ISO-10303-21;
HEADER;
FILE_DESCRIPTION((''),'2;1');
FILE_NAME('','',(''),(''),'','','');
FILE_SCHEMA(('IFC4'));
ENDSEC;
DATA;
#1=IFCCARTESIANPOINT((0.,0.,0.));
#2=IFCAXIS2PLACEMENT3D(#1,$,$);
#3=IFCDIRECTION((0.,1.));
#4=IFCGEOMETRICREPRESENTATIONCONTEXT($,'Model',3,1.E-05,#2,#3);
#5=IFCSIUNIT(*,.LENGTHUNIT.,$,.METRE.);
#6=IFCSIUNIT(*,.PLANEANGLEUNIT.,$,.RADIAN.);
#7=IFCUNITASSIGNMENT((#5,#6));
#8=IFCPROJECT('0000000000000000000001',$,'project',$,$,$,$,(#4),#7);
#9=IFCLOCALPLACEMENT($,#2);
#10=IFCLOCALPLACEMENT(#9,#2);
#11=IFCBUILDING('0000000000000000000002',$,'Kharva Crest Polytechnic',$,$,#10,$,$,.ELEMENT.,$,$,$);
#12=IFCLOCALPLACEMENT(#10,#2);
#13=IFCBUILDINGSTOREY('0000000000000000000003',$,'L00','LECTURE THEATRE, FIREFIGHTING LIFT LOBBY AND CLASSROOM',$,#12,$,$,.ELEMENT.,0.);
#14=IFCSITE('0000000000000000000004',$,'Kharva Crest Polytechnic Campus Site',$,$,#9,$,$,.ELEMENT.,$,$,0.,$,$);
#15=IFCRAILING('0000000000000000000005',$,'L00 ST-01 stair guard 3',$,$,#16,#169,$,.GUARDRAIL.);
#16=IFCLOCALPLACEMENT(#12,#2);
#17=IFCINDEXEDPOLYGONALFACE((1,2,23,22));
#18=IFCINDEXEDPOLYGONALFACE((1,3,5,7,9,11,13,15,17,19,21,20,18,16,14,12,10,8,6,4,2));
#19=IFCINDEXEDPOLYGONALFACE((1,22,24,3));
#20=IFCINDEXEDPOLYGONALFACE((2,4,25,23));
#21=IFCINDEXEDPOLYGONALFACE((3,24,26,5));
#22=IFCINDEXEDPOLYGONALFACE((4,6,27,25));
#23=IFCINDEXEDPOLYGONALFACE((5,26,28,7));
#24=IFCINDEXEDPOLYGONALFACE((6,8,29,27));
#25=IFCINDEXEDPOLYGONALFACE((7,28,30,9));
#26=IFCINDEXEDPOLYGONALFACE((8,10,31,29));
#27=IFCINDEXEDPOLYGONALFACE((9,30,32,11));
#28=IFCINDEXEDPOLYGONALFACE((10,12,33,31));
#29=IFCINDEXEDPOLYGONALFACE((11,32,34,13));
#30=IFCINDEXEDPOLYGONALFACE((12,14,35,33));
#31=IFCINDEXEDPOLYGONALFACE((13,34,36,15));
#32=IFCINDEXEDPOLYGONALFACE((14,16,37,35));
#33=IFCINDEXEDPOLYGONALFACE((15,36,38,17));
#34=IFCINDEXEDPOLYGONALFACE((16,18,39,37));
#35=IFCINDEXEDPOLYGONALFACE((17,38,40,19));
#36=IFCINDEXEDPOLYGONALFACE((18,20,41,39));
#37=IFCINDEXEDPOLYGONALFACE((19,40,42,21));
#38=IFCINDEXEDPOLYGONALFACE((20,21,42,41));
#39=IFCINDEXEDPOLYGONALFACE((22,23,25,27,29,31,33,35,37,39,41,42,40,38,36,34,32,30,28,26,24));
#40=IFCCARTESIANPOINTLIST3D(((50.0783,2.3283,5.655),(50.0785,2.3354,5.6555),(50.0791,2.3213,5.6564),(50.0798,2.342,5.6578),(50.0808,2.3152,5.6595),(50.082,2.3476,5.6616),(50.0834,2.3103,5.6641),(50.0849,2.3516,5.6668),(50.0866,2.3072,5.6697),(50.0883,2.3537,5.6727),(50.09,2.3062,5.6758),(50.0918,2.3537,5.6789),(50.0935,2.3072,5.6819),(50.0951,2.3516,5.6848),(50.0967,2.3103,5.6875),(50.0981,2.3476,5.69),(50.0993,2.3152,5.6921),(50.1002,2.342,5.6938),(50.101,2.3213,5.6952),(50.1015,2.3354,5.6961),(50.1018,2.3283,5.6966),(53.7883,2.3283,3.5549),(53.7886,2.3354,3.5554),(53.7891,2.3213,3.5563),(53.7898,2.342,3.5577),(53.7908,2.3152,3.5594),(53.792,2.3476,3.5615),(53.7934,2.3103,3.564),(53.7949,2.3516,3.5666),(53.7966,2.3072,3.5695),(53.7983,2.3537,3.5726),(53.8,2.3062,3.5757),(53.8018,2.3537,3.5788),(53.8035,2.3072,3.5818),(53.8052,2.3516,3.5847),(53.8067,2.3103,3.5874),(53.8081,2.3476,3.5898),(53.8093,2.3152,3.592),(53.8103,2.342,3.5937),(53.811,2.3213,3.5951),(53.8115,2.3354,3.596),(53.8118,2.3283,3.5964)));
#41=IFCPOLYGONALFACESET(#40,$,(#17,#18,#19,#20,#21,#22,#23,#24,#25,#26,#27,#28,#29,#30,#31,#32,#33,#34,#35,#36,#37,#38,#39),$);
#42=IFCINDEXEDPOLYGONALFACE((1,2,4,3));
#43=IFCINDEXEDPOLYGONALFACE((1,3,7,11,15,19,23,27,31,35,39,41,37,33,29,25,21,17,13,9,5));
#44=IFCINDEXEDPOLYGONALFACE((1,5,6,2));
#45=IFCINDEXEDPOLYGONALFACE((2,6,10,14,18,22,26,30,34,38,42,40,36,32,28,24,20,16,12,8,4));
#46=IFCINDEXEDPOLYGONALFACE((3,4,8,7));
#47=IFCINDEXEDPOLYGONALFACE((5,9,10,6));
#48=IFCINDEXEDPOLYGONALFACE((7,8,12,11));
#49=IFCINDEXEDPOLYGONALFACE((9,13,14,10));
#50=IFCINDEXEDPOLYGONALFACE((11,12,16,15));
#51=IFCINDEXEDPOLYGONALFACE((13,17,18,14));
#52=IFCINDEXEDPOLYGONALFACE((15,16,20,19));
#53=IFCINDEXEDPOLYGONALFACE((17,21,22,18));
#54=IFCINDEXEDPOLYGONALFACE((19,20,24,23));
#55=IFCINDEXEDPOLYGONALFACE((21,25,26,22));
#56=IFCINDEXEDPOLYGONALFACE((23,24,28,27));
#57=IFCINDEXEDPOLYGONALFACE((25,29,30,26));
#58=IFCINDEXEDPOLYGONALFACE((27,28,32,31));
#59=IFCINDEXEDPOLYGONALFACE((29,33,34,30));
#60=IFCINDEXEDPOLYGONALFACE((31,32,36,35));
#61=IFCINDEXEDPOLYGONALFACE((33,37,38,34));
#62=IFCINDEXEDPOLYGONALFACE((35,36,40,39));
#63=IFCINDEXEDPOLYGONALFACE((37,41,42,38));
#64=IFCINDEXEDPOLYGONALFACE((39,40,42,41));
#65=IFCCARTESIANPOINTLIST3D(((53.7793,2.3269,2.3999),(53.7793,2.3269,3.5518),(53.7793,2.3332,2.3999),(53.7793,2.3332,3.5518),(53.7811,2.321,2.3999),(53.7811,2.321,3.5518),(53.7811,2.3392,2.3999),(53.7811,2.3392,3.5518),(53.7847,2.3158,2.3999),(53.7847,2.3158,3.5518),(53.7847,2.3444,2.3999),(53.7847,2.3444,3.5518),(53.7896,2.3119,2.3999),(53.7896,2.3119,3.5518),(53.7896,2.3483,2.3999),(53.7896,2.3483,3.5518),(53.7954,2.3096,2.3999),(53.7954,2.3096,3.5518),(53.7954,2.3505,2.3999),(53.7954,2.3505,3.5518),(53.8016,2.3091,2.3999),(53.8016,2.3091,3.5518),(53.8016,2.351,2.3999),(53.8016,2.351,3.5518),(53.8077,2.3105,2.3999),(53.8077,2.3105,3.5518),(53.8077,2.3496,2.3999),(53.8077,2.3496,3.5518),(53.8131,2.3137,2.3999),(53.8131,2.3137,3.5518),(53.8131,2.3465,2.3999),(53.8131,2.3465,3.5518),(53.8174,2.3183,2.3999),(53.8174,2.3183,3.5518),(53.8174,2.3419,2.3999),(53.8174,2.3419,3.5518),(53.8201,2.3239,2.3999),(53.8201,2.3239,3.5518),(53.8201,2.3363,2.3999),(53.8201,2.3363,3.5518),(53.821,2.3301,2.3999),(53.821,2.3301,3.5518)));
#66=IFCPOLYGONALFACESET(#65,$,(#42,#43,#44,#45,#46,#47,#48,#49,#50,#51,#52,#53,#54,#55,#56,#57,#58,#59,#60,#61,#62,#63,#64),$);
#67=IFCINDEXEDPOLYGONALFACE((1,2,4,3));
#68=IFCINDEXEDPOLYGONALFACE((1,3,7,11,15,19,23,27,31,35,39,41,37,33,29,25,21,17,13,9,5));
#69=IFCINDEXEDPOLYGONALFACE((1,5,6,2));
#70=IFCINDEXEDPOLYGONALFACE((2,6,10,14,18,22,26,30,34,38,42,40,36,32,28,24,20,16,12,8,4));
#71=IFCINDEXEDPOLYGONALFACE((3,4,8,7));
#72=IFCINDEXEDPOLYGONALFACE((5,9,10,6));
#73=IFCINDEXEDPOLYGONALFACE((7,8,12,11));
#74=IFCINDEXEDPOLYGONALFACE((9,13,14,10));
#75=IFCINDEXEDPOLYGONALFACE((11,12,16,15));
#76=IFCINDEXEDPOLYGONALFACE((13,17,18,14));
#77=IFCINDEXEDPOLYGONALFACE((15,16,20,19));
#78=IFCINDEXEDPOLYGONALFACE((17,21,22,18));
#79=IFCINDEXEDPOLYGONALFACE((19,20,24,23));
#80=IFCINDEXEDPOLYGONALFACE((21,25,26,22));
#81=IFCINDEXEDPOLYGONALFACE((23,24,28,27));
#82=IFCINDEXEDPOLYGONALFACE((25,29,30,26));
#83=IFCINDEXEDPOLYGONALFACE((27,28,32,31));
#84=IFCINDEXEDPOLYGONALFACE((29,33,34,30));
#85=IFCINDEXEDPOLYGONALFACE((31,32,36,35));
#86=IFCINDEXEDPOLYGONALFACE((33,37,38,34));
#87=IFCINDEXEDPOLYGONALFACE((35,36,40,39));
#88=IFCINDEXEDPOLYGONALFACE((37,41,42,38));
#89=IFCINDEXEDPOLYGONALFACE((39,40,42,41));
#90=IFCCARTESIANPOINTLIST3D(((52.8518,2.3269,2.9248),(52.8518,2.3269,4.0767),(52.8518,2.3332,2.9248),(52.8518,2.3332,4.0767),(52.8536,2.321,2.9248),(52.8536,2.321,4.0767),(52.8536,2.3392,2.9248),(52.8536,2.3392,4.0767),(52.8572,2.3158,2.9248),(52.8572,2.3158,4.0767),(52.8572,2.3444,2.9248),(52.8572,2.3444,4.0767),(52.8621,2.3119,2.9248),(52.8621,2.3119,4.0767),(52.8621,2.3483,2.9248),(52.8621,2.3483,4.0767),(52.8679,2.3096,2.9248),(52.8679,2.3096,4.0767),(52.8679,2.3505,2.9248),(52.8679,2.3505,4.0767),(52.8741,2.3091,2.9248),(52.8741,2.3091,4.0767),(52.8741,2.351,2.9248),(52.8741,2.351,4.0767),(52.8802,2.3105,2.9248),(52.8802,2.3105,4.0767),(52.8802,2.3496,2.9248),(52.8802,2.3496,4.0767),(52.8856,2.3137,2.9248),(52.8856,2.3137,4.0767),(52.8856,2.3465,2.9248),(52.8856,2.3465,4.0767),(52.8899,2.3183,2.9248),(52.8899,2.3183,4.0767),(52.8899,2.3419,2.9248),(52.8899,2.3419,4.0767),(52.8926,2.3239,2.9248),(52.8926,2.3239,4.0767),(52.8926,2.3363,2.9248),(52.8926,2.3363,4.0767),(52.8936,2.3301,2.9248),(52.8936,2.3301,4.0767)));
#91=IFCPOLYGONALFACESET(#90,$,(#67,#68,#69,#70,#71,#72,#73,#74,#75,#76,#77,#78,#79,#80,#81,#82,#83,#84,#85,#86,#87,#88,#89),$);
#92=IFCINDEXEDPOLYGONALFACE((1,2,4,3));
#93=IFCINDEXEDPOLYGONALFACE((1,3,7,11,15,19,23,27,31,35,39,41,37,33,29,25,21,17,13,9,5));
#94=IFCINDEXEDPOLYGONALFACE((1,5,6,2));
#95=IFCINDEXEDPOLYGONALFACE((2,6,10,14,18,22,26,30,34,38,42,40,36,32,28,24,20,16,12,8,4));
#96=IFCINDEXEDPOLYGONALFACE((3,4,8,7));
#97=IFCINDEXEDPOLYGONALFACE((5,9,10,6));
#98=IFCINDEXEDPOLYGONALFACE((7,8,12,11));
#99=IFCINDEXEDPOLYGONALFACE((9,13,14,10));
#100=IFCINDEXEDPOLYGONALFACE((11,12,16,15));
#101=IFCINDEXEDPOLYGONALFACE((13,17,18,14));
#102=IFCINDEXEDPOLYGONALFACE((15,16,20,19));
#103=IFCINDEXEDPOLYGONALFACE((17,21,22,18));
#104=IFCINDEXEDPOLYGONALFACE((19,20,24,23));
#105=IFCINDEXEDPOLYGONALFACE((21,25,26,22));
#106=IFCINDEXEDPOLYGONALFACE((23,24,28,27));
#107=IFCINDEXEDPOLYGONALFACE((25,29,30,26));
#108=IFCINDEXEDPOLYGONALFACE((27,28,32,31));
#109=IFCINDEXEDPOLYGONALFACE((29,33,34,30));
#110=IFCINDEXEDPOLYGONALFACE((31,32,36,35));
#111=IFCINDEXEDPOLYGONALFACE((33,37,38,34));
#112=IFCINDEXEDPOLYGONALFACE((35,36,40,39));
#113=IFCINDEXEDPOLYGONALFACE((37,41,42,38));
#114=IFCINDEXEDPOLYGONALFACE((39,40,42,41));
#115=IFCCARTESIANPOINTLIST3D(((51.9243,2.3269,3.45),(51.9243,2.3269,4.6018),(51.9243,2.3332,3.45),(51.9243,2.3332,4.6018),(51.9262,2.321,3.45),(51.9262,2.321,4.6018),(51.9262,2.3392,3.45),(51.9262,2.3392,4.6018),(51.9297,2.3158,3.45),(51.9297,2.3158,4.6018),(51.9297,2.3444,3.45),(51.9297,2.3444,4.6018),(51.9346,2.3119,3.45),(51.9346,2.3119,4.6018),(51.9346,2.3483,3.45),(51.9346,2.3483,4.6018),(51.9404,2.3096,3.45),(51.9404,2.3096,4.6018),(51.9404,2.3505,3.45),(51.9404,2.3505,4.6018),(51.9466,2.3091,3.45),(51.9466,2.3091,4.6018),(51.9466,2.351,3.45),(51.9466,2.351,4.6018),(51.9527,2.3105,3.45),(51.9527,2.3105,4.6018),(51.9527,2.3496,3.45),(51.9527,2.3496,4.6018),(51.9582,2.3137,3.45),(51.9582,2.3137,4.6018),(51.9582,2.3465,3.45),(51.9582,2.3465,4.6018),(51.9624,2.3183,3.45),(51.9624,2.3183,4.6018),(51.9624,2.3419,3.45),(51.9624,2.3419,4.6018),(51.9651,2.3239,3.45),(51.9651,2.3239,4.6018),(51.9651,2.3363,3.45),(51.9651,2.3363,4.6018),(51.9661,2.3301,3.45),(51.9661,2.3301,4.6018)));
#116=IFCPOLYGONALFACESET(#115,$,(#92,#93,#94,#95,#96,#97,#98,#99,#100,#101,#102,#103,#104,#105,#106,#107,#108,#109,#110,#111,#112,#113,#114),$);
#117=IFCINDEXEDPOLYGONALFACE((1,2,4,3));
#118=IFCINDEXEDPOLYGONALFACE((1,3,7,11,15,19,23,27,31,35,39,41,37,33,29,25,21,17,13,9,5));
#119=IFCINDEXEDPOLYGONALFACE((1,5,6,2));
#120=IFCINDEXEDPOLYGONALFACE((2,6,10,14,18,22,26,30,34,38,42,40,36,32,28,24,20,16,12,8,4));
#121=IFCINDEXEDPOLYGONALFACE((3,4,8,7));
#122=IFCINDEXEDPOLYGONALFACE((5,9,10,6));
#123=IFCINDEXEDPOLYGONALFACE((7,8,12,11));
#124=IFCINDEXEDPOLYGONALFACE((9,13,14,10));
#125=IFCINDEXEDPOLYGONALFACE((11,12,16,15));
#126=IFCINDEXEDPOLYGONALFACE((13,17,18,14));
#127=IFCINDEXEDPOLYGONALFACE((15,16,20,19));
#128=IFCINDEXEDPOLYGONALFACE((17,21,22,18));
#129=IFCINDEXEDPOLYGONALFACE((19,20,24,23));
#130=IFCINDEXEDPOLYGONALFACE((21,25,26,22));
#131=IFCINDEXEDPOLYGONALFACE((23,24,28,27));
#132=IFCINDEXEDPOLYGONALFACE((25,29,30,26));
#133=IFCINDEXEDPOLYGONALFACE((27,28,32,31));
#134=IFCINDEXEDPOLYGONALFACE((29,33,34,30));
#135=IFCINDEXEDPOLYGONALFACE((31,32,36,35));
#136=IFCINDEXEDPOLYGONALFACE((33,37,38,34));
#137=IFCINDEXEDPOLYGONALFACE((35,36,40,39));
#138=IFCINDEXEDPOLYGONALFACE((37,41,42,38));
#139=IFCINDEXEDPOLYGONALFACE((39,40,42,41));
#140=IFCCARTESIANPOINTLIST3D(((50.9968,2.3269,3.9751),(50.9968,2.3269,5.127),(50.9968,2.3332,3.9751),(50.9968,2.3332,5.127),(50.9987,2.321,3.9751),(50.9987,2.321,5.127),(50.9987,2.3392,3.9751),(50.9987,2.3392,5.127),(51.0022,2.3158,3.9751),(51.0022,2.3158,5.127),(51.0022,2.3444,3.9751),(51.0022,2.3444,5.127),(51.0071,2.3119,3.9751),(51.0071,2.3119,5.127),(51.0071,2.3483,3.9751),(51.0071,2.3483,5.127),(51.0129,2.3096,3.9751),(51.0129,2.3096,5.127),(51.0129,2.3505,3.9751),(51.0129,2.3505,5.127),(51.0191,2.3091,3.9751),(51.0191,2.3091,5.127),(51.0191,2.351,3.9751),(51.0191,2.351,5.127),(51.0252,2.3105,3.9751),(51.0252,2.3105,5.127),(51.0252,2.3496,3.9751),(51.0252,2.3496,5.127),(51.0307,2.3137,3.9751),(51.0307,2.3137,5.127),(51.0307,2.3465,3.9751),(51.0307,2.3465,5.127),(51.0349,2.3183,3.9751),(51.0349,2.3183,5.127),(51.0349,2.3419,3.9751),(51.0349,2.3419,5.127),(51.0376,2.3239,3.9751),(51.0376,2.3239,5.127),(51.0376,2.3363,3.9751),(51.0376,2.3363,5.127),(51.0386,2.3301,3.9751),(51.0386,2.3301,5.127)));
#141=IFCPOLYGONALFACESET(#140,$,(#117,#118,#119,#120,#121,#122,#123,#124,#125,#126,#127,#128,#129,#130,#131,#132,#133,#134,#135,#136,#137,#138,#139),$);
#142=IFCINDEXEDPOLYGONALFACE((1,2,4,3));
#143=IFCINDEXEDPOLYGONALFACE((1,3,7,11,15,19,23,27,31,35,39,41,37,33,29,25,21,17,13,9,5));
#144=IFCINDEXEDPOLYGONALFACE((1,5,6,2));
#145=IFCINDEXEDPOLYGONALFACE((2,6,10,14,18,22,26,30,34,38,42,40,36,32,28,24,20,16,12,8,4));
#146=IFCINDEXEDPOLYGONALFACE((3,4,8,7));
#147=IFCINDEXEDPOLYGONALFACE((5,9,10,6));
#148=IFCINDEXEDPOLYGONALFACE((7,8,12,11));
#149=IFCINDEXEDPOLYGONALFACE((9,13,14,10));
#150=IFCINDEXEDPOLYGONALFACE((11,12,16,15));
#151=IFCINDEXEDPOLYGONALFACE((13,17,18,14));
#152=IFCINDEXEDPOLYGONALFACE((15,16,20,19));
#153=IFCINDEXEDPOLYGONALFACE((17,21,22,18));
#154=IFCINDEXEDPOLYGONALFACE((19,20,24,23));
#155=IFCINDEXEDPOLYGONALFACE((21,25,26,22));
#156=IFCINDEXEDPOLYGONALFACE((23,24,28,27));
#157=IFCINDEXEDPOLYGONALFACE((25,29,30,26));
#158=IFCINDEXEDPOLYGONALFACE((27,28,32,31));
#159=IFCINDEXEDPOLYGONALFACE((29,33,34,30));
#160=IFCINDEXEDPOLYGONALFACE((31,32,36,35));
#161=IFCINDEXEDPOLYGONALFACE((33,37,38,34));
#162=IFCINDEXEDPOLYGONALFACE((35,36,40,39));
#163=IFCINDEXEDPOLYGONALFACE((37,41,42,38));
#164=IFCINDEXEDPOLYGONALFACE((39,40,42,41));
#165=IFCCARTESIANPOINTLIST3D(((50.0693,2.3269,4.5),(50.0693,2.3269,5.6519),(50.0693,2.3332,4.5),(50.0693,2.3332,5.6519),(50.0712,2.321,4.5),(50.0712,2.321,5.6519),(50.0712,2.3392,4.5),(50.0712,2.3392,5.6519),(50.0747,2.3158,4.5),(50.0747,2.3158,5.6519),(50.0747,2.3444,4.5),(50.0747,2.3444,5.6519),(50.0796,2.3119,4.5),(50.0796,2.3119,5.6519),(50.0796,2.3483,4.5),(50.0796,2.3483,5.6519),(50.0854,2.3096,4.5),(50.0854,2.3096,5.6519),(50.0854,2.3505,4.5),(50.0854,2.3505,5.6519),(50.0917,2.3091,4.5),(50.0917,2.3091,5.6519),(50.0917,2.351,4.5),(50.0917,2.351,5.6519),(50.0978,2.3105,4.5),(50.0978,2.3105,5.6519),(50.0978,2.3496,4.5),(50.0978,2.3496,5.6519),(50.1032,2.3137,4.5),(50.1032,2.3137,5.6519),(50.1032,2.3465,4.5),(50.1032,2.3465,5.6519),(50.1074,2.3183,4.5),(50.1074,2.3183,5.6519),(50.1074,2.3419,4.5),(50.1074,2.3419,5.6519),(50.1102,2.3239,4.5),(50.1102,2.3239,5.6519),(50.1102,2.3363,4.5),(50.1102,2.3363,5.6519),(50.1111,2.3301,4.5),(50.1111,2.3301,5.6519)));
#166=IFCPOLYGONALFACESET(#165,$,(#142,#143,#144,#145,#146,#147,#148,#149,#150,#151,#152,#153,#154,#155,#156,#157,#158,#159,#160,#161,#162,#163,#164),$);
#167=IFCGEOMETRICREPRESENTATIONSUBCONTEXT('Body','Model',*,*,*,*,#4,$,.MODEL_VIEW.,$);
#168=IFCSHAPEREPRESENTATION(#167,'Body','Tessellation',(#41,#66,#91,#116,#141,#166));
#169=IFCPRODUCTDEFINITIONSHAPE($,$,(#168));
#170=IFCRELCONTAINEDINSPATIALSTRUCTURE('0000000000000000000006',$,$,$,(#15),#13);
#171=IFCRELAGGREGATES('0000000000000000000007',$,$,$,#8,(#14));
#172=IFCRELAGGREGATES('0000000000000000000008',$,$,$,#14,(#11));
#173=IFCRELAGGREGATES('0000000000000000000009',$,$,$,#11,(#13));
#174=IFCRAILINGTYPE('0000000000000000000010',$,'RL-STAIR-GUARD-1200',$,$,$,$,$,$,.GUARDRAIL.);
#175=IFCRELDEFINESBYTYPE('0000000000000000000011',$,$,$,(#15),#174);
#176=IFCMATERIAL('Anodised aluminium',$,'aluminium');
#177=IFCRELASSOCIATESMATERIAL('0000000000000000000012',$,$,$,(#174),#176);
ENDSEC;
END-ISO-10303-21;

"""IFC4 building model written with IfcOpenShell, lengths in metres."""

from ifc_helpers import new_model, si_unit, direction, frame, origin, origin_2d, place, context, subcontext, project, spatial, circle, extrude, material, type_object, element, save


model = new_model("IFC4")

# Units and contexts
model_context = context("Model", 3, precision=1e-05, world=origin(), true_north=direction((0.0, 1.0)))
body_context = subcontext(model_context, "Body", "Model", "MODEL_VIEW")
ifc_project = project(units=[si_unit("LENGTHUNIT", "METRE"), si_unit("PLANEANGLEUNIT", "RADIAN")], contexts=[model_context])

# Site, building, storey
site_placement = place(None, origin())
site = spatial("IfcSite", under=ifc_project, at=site_placement, Name="Kharva Crest Polytechnic Campus Site", CompositionType="ELEMENT", RefElevation=0.0)
building_placement = place(site_placement, origin())
building = spatial("IfcBuilding", under=site, at=building_placement, Name="Kharva Crest Polytechnic", CompositionType="ELEMENT")
storey_placement = place(building_placement, origin())
storey = spatial("IfcBuildingStorey", under=building, at=storey_placement, Name="L00", Description="LECTURE THEATRE, FIREFIGHTING LIFT LOBBY AND CLASSROOM", CompositionType="ELEMENT", Elevation=0.0)

# Shared definitions
ifc_material_1 = material(Name="Anodised aluminium", Category="aluminium")

# Railing
railing_type_1 = type_object("IfcRailingType", Name="RL-STAIR-GUARD-1200", PredefinedType="GUARDRAIL", material=ifc_material_1)
railing_1_placement = place(storey_placement, frame((53.8, 2.3301, 2.3999)))
element("IfcRailing", 1, at=railing_1_placement, inside=storey, type_object=railing_type_1, Name="L00 ST-01 stair guard 3", PredefinedType="GUARDRAIL", context=body_context, shape_type="SweptSolid", body=[
    extrude(circle(Radius=0.0239, at=origin_2d()), frame((0.0, 0.0, 1.1758), z_axis=(-0.870245, 0.0, 0.492619), x_axis=(0.0, -1.0, 0.0)), (0.0, 0.0, 1.0), 4.2632),
    extrude(circle(Radius=0.021, at=origin_2d()), origin(), (0.0, 0.0, 1.0), 1.1519),
    extrude(circle(Radius=0.021, at=origin_2d()), frame((-0.9275, 0.0, 0.5249)), (0.0, 0.0, 1.0), 1.1519),
    extrude(circle(Radius=0.021, at=origin_2d()), frame((-1.855, 0.0, 1.05)), (0.0, 0.0, 1.0), 1.1519),
    extrude(circle(Radius=0.021, at=origin_2d()), frame((-2.7825, 0.0, 1.5752)), (0.0, 0.0, 1.0), 1.1519),
    extrude(circle(Radius=0.021, at=origin_2d()), frame((-3.71, 0.0, 2.1001)), (0.0, 0.0, 1.0), 1.1519),
])

save(model, "model.ifc")
